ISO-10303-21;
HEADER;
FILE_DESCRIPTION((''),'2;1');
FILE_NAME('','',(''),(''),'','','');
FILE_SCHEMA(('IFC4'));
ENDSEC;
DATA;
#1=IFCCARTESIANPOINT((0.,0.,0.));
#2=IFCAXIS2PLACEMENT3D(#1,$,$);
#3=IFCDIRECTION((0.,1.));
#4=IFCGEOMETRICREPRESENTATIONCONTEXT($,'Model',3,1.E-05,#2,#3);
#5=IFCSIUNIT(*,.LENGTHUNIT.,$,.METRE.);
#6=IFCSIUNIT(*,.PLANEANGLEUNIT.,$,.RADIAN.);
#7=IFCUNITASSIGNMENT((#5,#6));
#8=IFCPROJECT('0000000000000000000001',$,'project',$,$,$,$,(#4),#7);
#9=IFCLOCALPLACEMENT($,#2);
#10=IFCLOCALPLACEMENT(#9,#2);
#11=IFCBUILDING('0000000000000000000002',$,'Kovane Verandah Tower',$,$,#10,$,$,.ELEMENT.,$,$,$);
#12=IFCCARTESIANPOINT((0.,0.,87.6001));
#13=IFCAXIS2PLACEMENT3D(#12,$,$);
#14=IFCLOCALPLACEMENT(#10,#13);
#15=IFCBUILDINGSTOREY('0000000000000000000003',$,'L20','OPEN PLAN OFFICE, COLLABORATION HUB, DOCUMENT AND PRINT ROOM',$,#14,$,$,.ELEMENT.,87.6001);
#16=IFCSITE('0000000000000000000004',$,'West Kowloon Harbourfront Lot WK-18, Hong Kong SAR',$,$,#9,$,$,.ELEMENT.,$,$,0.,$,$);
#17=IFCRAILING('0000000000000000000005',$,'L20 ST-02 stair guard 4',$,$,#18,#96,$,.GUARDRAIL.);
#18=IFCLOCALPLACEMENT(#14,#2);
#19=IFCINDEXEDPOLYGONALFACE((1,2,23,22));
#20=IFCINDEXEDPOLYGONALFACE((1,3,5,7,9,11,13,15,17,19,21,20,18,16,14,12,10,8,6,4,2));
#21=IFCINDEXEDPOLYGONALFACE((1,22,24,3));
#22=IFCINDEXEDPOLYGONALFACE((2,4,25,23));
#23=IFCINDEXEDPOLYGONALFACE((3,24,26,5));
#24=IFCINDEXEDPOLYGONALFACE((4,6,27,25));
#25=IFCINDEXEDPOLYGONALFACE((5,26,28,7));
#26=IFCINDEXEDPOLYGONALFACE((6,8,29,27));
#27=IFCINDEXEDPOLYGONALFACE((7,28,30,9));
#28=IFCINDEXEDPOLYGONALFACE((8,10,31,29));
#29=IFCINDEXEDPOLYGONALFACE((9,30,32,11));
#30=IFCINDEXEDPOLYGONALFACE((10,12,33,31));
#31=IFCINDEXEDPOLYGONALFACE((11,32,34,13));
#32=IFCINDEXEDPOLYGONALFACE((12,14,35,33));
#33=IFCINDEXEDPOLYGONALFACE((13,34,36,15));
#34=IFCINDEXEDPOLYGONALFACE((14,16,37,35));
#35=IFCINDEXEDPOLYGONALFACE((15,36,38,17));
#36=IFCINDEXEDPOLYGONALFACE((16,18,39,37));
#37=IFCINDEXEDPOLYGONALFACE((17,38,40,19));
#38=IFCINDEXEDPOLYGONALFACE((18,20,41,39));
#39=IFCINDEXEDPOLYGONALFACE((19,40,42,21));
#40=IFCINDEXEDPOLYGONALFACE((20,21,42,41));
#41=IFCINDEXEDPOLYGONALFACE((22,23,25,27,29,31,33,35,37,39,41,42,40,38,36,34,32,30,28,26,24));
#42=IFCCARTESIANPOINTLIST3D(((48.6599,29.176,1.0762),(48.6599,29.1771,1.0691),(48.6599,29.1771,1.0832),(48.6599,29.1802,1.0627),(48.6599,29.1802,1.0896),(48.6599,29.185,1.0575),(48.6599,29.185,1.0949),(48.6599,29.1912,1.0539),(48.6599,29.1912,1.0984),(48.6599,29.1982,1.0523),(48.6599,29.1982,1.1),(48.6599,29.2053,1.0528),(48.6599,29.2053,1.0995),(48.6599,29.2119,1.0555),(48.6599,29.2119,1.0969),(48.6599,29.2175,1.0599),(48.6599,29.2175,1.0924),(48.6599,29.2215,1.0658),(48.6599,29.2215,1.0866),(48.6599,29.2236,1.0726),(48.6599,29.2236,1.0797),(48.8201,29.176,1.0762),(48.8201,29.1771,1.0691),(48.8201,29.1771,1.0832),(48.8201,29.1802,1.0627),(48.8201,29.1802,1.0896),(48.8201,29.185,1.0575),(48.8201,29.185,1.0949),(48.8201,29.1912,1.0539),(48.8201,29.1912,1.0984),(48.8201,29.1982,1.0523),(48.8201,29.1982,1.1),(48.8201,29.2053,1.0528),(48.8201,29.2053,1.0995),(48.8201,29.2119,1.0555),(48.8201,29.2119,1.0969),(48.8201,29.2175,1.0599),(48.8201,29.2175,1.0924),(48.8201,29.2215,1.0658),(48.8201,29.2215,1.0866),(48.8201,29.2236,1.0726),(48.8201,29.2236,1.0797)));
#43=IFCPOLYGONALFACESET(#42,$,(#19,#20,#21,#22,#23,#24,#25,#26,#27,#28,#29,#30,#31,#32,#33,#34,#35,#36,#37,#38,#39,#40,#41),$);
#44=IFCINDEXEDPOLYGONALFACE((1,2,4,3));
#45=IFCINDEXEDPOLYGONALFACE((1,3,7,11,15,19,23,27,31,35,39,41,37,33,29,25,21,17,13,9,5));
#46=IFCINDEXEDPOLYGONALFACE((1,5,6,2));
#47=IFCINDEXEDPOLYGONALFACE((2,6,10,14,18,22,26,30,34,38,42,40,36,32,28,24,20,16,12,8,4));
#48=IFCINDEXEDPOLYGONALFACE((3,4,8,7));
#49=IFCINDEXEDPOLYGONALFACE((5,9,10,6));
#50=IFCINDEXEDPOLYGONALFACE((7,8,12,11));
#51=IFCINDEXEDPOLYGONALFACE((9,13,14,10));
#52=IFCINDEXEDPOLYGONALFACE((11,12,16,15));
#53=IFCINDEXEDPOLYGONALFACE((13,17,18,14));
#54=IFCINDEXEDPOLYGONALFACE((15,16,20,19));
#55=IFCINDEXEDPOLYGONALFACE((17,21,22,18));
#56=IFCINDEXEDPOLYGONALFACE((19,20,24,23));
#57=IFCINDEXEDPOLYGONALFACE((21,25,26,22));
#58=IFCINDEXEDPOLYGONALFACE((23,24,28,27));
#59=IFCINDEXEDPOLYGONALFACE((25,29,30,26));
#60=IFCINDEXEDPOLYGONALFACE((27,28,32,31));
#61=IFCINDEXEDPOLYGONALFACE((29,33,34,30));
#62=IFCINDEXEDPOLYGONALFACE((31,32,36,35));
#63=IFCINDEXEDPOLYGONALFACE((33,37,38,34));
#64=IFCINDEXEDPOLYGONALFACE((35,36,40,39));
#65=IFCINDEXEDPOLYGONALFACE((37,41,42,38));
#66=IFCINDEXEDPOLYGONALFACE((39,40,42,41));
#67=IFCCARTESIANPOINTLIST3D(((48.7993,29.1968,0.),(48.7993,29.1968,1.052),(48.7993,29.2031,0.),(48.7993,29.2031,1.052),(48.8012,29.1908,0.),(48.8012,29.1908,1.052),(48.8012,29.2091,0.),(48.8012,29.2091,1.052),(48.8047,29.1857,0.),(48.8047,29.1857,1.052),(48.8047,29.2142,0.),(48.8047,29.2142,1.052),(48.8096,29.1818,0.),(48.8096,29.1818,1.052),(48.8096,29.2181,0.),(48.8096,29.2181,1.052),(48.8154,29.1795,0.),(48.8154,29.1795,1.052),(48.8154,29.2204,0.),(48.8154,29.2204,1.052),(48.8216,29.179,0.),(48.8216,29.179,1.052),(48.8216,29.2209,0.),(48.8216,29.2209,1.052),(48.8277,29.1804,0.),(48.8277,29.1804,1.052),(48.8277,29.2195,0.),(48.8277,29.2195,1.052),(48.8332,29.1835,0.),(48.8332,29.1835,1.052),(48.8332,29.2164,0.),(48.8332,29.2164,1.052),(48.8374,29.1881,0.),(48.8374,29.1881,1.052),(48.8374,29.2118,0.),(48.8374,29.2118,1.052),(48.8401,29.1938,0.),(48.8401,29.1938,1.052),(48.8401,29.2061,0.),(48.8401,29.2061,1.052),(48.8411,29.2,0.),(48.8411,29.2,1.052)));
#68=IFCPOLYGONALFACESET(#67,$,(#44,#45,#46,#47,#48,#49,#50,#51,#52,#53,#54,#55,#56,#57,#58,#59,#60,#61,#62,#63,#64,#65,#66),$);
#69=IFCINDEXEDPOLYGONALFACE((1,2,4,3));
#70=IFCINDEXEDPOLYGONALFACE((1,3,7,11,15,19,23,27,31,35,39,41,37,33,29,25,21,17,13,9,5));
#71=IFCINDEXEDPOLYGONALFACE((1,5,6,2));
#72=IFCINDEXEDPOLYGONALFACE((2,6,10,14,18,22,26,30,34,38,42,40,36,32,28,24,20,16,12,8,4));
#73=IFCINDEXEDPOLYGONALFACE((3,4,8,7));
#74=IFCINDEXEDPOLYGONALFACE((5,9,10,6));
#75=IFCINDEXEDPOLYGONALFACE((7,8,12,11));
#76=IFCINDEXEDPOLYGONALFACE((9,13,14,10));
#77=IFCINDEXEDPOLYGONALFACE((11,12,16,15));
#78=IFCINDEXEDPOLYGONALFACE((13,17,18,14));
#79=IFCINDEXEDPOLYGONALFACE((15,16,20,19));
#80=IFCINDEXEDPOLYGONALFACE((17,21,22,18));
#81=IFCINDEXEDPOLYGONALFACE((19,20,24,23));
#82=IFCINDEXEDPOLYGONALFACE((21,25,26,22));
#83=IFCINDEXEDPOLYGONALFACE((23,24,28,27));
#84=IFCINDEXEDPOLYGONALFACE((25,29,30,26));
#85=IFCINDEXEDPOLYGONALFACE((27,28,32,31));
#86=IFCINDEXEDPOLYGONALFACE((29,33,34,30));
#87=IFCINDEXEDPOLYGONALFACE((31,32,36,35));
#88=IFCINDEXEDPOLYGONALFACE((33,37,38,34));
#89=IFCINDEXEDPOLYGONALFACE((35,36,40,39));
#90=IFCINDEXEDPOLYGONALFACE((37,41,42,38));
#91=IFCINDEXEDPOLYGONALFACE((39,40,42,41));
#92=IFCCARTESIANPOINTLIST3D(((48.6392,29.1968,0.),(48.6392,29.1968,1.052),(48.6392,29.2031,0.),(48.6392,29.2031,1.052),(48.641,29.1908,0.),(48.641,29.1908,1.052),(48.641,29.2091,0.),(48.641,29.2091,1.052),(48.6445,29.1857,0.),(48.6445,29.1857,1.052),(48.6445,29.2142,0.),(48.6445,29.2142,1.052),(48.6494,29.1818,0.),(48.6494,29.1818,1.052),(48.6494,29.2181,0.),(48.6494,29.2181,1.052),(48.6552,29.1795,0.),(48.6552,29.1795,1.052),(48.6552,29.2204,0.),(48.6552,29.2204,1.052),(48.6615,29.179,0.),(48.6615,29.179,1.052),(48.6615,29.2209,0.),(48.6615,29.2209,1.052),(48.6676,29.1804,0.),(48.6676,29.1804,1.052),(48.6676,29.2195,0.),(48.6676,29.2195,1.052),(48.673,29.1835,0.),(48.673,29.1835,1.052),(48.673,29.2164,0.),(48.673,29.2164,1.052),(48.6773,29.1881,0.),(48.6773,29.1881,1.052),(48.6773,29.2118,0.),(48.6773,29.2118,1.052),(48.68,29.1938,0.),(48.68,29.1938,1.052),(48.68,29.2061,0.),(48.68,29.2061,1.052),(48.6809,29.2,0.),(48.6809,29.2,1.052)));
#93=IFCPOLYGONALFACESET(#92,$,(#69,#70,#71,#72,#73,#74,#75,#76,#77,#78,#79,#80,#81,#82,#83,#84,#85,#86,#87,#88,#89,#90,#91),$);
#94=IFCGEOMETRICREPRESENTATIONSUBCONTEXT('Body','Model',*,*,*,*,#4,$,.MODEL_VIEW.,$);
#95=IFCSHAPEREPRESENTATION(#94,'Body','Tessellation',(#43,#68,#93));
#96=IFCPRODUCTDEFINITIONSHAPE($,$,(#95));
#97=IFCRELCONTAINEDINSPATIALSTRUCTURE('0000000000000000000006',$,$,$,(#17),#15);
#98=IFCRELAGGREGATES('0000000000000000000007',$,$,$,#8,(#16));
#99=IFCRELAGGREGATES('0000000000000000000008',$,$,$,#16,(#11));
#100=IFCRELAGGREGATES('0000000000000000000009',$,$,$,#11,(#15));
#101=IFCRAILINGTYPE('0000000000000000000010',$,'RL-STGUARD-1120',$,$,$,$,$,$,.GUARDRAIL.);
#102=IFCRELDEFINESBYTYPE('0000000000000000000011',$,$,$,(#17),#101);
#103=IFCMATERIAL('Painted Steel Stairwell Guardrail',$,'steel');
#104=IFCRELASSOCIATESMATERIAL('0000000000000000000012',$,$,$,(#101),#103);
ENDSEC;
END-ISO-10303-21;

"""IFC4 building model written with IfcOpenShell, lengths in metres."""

from ifc_helpers import new_model, si_unit, direction, frame, origin, origin_2d, place, context, subcontext, project, spatial, circle, extrude, material, type_object, element, save


model = new_model("IFC4")

# Units and contexts
model_context = context("Model", 3, precision=1e-05, world=origin(), true_north=direction((0.0, 1.0)))
body_context = subcontext(model_context, "Body", "Model", "MODEL_VIEW")
ifc_project = project(units=[si_unit("LENGTHUNIT", "METRE"), si_unit("PLANEANGLEUNIT", "RADIAN")], contexts=[model_context])

# Site, building, storey
site_placement = place(None, origin())
site = spatial("IfcSite", under=ifc_project, at=site_placement, Name="West Kowloon Harbourfront Lot WK-18, Hong Kong SAR", CompositionType="ELEMENT", RefElevation=0.0)
building_placement = place(site_placement, origin())
building = spatial("IfcBuilding", under=site, at=building_placement, Name="Kovane Verandah Tower", CompositionType="ELEMENT")
storey_placement = place(building_placement, frame((0.0, 0.0, 87.6001)))
storey = spatial("IfcBuildingStorey", under=building, at=storey_placement, Name="L20", Description="OPEN PLAN OFFICE, COLLABORATION HUB, DOCUMENT AND PRINT ROOM", CompositionType="ELEMENT", Elevation=87.6001)

# Railing
ifc_material_1 = material(Name="Painted Steel Stairwell Guardrail", Category="steel")
railing_type_1 = type_object("IfcRailingType", Name="RL-STGUARD-1120", PredefinedType="GUARDRAIL", material=ifc_material_1)
railing_1_placement = place(storey_placement, frame((48.8201, 29.2, 0.0)))
element("IfcRailing", 1, at=railing_1_placement, inside=storey, type_object=railing_type_1, Name="L20 ST-02 stair guard 4", PredefinedType="GUARDRAIL", context=body_context, shape_type="SweptSolid", body=[
    extrude(circle(Radius=0.0239, at=origin_2d()), frame((0.0, 0.0, 1.0762), z_axis=(-1.0, 0.0, 0.0), x_axis=(0.0, -1.0, 0.0)), (0.0, 0.0, 1.0), 0.1602),
    extrude(circle(Radius=0.021, at=origin_2d()), origin(), (0.0, 0.0, 1.0), 1.052),
    extrude(circle(Radius=0.021, at=origin_2d()), frame((-0.1602, 0.0, 0.0)), (0.0, 0.0, 1.0), 1.052),
])

save(model, "model.ifc")
